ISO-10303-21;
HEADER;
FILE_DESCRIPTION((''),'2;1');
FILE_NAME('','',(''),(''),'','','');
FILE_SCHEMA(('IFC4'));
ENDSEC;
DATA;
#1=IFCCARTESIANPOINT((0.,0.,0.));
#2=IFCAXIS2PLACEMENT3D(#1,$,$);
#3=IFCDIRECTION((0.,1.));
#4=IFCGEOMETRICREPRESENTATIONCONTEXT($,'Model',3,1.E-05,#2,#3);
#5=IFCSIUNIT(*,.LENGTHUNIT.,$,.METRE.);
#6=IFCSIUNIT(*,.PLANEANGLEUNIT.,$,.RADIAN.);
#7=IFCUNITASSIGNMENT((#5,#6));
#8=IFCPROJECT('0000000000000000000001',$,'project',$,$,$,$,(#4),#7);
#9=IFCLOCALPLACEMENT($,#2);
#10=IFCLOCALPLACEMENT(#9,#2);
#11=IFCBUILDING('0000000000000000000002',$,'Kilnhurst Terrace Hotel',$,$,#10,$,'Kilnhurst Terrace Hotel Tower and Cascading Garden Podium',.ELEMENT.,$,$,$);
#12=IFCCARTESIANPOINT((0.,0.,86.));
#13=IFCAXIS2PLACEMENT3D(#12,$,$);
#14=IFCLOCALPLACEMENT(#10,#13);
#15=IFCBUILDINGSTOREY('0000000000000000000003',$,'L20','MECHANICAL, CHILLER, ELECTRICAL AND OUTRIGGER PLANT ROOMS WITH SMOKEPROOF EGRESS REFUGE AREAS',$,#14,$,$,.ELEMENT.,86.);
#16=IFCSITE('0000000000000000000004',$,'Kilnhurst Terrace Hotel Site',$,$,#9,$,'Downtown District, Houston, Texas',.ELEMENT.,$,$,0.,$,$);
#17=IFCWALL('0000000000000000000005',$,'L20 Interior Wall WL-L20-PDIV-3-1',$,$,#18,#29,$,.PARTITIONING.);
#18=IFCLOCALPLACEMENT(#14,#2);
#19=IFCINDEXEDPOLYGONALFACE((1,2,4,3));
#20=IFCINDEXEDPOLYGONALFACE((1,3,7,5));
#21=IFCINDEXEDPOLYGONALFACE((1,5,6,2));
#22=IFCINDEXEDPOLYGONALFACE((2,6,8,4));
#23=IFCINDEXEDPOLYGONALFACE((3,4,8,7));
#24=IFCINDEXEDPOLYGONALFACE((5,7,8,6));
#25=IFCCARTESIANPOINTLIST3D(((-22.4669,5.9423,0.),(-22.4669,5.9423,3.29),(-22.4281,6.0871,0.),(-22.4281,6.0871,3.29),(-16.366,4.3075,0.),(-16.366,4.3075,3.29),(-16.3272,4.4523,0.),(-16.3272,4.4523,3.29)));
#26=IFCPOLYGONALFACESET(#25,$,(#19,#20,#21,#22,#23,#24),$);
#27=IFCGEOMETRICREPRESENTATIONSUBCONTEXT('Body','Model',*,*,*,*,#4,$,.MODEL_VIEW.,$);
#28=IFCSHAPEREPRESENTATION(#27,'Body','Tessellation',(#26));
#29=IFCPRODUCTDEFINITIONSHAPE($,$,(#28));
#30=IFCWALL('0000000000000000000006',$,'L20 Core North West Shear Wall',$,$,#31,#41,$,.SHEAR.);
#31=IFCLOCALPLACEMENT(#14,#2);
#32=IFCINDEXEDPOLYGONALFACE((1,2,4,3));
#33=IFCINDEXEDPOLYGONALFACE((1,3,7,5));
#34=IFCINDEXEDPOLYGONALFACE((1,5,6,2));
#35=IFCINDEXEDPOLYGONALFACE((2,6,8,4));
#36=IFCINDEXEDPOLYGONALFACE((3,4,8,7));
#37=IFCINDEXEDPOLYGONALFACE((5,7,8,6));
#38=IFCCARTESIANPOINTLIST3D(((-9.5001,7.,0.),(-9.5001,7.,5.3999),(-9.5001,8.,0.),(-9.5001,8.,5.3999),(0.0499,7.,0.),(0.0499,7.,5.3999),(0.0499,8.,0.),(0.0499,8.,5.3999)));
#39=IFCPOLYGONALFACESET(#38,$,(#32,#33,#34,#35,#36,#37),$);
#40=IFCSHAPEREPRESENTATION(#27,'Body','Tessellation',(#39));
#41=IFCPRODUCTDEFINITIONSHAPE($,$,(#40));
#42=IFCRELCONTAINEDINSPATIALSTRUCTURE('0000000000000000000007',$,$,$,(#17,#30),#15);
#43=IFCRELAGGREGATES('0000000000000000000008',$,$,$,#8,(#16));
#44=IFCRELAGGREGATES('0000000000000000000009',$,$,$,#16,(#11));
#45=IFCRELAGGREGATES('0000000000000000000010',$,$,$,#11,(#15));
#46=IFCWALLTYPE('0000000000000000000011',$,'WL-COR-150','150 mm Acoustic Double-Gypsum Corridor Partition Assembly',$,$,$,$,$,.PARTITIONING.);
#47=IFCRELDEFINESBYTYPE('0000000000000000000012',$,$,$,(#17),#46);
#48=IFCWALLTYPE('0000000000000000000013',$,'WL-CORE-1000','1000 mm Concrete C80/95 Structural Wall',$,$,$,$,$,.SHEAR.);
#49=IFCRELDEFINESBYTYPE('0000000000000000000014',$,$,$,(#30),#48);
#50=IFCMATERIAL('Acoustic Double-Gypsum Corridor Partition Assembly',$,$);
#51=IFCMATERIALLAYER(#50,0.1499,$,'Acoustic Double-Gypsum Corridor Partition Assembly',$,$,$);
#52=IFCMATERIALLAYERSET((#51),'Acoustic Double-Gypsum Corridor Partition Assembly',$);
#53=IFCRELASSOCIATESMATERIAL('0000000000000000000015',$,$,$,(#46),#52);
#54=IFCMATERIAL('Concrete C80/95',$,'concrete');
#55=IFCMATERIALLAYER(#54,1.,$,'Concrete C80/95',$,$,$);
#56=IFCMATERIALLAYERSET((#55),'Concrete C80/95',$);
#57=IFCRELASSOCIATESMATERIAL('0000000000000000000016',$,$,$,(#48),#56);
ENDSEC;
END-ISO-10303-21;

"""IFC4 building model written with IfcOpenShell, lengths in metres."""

from ifc_helpers import new_model, si_unit, direction, frame, frame_2d, origin, place, context, subcontext, project, spatial, rectangle, extrude, material, layer, layer_set, type_object, element, save


model = new_model("IFC4")

# Units and contexts
model_context = context("Model", 3, precision=1e-05, world=origin(), true_north=direction((0.0, 1.0)))
body_context = subcontext(model_context, "Body", "Model", "MODEL_VIEW")
ifc_project = project(units=[si_unit("LENGTHUNIT", "METRE"), si_unit("PLANEANGLEUNIT", "RADIAN")], contexts=[model_context])

# Site, building, storey
site_placement = place(None, origin())
site = spatial("IfcSite", under=ifc_project, at=site_placement, Name="Kilnhurst Terrace Hotel Site", LongName="Downtown District, Houston, Texas", CompositionType="ELEMENT", RefElevation=0.0)
building_placement = place(site_placement, origin())
building = spatial("IfcBuilding", under=site, at=building_placement, Name="Kilnhurst Terrace Hotel", LongName="Kilnhurst Terrace Hotel Tower and Cascading Garden Podium", CompositionType="ELEMENT")
storey_placement = place(building_placement, frame((0.0, 0.0, 86.0)))
storey = spatial("IfcBuildingStorey", under=building, at=storey_placement, Name="L20", Description="MECHANICAL, CHILLER, ELECTRICAL AND OUTRIGGER PLANT ROOMS WITH SMOKEPROOF EGRESS REFUGE AREAS", CompositionType="ELEMENT", Elevation=86.0)

# Shared definitions
ifc_material_1 = material(Name="Concrete C80/95", Category="concrete")

# Walls
ifc_material_2 = material(Name="Acoustic Double-Gypsum Corridor Partition Assembly")
ifc_layer_1 = layer(ifc_material_2, 0.1499, Name="Acoustic Double-Gypsum Corridor Partition Assembly")
ifc_layer_set_1 = layer_set([ifc_layer_1], Name="Acoustic Double-Gypsum Corridor Partition Assembly")
wall_type_1 = type_object("IfcWallType", Name="WL-COR-150", Description="150 mm Acoustic Double-Gypsum Corridor Partition Assembly", PredefinedType="PARTITIONING", material=ifc_layer_set_1)
wall_1_placement = place(storey_placement, frame((-16.3464, 4.3799, 0.0), z_axis=(0.0, 0.0, 1.0), x_axis=(-0.965924, 0.258827, 0.0)))
element("IfcWall", 1, at=wall_1_placement, inside=storey, type_object=wall_type_1, Name="L20 Interior Wall WL-L20-PDIV-3-1", PredefinedType="PARTITIONING", context=body_context, shape_type="SweptSolid", body=[
    extrude(rectangle(XDim=6.3162, YDim=0.1499, at=frame_2d((3.1582, 0.0))), origin(), (0.0, 0.0, 1.0), 3.29),
])
ifc_layer_2 = layer(ifc_material_1, 1.0, Name="Concrete C80/95")
ifc_layer_set_2 = layer_set([ifc_layer_2], Name="Concrete C80/95")
wall_type_2 = type_object("IfcWallType", Name="WL-CORE-1000", Description="1000 mm Concrete C80/95 Structural Wall", PredefinedType="SHEAR", material=ifc_layer_set_2)
wall_2_placement = place(storey_placement, frame((-9.5, 7.5, 0.0), z_axis=(0.0, 0.0, 1.0), x_axis=(1.0, 0.0, 0.0)))
element("IfcWall", 2, at=wall_2_placement, inside=storey, type_object=wall_type_2, Name="L20 Core North West Shear Wall", PredefinedType="SHEAR", context=body_context, shape_type="SweptSolid", body=[
    extrude(rectangle(XDim=9.55, YDim=1.0, at=frame_2d((4.7749, 0.0))), origin(), (0.0, 0.0, 1.0), 5.3999),
])

save(model, "model.ifc")
